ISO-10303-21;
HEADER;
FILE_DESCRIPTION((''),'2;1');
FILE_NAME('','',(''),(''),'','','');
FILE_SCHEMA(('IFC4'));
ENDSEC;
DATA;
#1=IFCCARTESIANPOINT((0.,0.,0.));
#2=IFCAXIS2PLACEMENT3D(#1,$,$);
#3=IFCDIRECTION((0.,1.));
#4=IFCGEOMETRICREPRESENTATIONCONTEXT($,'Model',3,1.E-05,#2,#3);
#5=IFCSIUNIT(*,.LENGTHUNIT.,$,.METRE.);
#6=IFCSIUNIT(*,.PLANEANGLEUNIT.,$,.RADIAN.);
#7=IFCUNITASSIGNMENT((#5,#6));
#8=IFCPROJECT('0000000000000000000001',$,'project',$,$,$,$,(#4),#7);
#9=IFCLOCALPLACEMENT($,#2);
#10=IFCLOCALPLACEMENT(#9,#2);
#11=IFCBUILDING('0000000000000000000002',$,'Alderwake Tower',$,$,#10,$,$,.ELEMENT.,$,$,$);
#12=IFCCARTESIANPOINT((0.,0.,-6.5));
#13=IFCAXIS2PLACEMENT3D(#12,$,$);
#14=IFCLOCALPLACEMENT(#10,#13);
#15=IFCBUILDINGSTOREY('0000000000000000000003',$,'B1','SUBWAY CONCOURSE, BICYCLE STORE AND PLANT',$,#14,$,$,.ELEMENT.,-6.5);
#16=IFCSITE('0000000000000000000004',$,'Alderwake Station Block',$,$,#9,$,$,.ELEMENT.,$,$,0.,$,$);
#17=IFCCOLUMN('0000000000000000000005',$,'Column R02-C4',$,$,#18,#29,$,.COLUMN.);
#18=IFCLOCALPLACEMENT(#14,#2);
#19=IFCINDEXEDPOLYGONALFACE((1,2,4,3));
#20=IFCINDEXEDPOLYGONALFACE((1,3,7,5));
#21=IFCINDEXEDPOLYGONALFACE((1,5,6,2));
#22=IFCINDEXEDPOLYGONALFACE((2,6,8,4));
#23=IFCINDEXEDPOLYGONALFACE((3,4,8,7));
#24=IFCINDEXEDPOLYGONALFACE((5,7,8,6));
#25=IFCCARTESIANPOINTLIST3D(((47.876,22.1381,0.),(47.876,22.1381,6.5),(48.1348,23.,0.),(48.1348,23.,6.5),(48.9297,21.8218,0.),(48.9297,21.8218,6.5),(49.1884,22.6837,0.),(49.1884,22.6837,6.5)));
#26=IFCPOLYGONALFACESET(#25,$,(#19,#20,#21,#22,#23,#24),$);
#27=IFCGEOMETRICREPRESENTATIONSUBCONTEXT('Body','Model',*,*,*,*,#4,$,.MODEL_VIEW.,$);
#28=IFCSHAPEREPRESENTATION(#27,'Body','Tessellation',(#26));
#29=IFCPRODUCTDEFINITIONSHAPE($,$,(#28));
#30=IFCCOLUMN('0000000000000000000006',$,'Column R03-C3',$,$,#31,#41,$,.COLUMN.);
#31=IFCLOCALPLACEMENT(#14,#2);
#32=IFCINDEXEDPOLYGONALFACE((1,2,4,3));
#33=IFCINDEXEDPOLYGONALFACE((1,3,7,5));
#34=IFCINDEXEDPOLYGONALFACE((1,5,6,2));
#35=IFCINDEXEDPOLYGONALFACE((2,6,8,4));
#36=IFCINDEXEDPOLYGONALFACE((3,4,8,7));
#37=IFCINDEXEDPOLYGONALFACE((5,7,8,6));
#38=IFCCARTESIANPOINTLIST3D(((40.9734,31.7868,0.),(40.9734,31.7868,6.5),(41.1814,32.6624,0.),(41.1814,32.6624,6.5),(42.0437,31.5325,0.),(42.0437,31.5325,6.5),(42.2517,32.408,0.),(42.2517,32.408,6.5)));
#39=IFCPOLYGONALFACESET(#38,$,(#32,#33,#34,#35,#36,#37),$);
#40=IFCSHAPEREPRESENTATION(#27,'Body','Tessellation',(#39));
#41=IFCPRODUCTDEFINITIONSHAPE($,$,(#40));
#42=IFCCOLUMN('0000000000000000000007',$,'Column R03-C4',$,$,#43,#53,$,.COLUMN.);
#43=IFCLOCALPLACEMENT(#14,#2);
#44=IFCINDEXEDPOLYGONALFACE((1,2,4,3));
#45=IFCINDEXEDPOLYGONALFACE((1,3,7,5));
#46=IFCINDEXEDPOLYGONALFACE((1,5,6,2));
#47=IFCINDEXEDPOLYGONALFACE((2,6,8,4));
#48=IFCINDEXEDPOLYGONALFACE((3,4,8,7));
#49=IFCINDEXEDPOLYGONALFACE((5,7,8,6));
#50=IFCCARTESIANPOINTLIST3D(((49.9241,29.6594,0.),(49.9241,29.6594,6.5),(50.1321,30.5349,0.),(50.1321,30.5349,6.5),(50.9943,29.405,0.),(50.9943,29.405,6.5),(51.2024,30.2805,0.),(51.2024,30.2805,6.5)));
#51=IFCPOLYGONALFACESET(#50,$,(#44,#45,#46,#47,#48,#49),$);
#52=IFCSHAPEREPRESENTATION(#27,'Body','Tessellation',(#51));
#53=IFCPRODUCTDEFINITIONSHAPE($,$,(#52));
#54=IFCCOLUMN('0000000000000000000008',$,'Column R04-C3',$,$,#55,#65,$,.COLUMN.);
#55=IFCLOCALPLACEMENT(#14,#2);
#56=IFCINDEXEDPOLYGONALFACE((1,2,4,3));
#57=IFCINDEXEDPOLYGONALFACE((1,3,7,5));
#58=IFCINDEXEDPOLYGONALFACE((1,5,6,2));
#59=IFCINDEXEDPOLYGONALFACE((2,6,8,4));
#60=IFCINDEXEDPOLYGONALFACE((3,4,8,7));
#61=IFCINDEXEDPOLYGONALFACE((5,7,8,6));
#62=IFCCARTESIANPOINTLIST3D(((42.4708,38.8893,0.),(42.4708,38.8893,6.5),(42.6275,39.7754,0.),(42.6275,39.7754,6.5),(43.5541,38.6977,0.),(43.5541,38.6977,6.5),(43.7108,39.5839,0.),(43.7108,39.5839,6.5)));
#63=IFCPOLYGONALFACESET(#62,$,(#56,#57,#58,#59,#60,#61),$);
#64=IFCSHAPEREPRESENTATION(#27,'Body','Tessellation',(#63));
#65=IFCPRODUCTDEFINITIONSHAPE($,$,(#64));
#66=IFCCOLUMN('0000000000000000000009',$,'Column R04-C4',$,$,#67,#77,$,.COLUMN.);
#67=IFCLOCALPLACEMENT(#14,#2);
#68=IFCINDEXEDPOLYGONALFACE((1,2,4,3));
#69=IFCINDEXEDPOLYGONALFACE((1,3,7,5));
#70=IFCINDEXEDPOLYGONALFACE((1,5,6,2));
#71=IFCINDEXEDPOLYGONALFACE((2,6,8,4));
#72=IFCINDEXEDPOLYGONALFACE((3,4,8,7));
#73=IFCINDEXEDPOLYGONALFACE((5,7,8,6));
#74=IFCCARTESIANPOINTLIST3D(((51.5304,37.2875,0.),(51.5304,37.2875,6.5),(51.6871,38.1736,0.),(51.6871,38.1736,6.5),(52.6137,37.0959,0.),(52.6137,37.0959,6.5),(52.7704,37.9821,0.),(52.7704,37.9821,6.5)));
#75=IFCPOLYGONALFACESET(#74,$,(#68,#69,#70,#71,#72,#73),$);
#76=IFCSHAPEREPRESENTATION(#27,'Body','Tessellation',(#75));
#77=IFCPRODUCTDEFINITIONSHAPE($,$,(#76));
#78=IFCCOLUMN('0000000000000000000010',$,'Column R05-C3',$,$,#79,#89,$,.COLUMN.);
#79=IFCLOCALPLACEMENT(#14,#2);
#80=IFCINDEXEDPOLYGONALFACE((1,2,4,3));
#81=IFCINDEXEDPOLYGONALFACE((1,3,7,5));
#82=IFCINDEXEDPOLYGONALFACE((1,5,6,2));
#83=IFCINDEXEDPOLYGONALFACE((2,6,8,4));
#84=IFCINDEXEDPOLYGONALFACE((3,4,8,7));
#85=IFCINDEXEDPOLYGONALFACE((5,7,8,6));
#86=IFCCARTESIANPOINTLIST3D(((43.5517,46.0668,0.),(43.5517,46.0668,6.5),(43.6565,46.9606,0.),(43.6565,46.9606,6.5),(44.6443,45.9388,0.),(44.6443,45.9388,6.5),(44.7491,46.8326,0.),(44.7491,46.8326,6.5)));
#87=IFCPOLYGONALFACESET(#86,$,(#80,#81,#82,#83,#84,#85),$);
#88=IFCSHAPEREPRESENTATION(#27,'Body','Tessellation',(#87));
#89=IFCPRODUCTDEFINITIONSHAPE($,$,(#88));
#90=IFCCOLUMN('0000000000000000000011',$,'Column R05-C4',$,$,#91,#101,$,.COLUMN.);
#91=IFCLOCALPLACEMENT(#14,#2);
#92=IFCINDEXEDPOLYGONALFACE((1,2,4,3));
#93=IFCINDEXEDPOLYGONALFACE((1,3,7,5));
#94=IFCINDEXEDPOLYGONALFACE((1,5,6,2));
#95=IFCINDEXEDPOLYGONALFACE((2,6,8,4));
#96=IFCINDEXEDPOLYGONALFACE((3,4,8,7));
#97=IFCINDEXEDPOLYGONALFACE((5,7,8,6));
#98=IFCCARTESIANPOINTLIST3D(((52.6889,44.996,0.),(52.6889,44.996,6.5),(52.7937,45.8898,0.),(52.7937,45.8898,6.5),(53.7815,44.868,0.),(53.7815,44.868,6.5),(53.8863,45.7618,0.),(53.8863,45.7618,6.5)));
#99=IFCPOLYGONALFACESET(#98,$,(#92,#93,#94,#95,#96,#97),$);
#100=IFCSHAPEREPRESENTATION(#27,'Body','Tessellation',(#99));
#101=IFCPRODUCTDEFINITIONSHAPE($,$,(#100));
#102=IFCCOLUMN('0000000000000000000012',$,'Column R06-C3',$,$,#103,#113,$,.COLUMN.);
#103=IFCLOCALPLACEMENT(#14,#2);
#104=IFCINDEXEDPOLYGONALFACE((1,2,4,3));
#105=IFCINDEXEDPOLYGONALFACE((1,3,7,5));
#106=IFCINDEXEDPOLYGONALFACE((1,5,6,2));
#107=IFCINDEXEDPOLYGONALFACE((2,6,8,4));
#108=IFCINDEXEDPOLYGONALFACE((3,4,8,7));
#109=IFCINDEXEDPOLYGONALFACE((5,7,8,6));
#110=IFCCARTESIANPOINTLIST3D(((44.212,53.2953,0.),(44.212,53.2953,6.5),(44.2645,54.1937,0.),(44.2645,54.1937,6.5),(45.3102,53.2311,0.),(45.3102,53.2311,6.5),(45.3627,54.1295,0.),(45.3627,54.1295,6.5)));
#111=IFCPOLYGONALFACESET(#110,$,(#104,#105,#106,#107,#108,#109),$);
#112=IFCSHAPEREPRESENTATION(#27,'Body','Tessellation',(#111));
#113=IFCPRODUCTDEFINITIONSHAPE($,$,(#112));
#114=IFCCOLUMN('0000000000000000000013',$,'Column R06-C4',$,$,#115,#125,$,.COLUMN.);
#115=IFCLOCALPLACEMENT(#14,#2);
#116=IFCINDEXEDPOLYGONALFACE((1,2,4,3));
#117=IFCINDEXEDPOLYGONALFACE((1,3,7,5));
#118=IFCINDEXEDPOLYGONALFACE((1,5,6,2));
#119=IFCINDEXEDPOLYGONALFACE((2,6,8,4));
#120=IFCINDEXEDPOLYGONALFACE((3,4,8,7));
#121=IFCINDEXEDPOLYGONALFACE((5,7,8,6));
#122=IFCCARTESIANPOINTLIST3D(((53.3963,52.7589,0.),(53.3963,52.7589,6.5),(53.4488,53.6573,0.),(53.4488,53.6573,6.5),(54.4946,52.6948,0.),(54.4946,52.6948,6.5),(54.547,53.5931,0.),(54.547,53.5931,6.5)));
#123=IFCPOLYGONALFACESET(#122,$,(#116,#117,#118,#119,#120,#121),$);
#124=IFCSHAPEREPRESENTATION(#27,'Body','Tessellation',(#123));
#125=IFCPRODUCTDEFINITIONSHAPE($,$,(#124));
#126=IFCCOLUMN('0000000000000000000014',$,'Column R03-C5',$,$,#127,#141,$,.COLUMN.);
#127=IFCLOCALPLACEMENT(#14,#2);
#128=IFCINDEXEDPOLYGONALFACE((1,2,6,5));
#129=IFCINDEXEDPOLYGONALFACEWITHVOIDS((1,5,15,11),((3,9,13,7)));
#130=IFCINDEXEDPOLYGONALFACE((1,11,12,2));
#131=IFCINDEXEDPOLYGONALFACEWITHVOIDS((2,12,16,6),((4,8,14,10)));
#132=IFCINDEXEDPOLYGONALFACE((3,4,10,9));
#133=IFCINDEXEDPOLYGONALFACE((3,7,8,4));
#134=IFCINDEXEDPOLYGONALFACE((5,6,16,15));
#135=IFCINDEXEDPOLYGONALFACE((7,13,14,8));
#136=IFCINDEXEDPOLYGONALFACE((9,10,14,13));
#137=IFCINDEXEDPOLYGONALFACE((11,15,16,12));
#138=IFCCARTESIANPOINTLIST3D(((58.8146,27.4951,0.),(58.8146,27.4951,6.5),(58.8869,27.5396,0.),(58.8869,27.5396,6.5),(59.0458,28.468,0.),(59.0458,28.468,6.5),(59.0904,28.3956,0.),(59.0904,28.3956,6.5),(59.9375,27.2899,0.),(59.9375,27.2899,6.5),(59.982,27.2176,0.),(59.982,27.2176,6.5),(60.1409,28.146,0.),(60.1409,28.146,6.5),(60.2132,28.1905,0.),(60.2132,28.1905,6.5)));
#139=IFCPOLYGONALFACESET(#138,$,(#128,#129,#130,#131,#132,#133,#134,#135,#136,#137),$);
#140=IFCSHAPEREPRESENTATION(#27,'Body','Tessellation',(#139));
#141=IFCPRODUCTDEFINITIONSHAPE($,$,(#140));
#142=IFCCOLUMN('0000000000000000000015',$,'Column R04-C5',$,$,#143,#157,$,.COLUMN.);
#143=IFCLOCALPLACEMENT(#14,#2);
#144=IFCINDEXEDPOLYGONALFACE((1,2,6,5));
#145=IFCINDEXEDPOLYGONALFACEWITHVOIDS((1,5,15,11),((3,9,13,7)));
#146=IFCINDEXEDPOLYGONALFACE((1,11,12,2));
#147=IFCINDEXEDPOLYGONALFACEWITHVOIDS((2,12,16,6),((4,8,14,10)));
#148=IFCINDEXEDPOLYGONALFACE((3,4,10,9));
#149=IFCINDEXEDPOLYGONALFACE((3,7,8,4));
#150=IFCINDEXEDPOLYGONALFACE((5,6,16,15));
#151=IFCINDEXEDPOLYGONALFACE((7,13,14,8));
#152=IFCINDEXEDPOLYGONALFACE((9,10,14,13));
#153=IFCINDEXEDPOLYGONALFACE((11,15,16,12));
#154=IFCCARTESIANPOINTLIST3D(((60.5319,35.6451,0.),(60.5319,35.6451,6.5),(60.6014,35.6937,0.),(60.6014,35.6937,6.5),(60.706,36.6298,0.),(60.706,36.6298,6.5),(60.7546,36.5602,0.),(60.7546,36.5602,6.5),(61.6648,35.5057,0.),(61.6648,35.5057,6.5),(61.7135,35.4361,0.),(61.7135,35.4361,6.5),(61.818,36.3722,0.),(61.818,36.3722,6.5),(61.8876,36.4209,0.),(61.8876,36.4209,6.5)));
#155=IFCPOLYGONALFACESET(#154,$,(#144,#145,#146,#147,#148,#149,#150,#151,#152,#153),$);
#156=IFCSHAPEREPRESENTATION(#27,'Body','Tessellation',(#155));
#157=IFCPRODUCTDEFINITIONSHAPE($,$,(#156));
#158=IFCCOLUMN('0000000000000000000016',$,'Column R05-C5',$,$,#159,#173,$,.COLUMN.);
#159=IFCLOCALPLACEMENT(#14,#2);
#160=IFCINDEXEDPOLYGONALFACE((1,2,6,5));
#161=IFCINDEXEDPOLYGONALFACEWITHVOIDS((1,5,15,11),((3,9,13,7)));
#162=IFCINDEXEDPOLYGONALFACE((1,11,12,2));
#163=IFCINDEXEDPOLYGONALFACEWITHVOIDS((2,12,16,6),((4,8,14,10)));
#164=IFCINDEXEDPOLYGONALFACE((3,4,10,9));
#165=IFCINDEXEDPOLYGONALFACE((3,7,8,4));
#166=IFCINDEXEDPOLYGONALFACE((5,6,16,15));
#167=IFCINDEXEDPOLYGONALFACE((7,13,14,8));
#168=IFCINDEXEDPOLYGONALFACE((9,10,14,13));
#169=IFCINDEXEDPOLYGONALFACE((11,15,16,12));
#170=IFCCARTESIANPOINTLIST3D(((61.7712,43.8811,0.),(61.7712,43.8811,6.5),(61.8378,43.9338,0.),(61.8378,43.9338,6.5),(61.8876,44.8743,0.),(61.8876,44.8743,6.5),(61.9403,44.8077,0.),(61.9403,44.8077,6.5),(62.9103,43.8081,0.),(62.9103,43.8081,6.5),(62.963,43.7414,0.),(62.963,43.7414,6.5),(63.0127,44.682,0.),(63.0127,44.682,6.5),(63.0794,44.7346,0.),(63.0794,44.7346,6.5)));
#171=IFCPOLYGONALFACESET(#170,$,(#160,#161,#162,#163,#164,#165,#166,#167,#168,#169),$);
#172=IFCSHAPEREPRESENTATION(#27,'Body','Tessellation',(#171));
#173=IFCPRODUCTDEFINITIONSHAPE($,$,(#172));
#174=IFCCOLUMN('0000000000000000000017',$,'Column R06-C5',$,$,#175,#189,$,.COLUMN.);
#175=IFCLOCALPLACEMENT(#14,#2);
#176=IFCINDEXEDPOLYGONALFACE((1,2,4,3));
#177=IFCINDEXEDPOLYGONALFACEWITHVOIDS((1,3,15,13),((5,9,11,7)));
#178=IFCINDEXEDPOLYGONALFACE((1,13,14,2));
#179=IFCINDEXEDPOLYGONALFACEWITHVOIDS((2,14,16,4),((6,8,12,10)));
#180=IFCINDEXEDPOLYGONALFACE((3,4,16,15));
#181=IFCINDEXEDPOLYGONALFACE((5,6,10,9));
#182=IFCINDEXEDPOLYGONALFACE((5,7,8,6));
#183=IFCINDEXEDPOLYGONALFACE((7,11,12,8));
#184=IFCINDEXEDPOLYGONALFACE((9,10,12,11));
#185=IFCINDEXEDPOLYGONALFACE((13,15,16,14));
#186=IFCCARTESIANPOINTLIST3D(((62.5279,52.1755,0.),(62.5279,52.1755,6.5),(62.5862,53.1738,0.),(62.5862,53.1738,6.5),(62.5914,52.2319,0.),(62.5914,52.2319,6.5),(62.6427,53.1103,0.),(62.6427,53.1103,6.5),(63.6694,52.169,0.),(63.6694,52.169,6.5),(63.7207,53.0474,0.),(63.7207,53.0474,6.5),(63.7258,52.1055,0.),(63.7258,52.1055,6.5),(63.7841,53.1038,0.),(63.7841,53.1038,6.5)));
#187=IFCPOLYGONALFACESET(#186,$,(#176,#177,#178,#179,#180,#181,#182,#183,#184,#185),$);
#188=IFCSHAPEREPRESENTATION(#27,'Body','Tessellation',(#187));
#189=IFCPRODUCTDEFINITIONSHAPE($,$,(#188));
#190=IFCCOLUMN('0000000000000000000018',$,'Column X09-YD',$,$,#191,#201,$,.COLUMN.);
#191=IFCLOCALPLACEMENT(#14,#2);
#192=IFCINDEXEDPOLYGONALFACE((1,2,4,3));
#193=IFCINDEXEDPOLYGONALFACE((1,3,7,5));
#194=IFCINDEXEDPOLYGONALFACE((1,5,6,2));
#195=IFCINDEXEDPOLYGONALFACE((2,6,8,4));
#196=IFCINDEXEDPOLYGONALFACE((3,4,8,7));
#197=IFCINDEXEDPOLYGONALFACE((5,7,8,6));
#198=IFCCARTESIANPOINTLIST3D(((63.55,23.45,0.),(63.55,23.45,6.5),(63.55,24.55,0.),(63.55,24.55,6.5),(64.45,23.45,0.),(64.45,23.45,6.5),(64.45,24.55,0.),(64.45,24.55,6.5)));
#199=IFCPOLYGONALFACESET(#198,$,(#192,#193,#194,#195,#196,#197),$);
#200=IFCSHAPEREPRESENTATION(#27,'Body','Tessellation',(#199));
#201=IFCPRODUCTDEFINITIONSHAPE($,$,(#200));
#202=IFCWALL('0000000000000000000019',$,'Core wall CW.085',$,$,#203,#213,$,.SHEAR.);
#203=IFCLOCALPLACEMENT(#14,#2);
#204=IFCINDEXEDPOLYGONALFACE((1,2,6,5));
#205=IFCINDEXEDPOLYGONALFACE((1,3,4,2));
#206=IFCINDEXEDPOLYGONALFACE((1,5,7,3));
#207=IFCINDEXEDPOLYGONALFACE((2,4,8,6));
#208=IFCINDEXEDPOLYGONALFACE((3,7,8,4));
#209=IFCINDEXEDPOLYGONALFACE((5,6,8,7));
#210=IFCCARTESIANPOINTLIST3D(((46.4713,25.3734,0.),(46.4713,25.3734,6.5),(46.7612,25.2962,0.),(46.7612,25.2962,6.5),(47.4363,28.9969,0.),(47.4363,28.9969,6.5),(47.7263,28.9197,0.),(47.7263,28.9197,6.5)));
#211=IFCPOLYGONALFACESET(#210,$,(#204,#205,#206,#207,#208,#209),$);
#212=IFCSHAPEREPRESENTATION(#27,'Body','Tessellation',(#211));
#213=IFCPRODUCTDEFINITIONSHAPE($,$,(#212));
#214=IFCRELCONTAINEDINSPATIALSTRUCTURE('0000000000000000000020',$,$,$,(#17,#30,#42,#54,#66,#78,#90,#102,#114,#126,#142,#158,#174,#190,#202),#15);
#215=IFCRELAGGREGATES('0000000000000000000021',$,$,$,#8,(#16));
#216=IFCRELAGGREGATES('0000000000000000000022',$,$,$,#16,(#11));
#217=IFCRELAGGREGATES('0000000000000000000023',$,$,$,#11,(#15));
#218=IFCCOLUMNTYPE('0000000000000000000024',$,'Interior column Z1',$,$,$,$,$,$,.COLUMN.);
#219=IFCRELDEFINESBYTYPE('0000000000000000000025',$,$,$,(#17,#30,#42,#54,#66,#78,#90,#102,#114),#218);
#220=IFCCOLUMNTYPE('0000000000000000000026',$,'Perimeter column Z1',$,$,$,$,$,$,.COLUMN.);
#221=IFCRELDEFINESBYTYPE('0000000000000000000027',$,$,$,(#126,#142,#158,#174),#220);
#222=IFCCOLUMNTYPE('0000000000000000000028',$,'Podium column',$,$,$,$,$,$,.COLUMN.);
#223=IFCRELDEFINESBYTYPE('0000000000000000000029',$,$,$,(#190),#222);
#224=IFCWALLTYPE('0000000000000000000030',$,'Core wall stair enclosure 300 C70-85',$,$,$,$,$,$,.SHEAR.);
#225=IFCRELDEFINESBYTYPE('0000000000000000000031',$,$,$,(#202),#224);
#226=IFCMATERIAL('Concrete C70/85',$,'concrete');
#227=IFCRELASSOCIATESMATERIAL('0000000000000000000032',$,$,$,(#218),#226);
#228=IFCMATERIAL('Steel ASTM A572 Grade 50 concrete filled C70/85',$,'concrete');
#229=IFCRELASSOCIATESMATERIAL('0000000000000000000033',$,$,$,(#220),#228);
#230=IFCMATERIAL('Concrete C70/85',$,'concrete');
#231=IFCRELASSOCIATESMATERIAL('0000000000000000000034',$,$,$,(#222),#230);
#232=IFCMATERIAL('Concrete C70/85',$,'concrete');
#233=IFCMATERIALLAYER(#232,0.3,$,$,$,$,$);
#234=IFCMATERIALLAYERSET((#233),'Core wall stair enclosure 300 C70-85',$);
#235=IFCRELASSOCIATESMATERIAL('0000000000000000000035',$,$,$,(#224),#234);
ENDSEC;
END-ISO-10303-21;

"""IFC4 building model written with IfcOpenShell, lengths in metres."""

from ifc_helpers import new_model, si_unit, direction, frame, frame_2d, origin, origin_2d, place, context, subcontext, project, spatial, rectangle, hollow_rectangle, extrude, material, layer, layer_set, material_profile, profile_set, type_object, element, save


model = new_model("IFC4")

# Units and contexts
model_context = context("Model", 3, precision=1e-05, world=origin(), true_north=direction((0.0, 1.0)))
body_context = subcontext(model_context, "Body", "Model", "MODEL_VIEW")
ifc_project = project(units=[si_unit("LENGTHUNIT", "METRE"), si_unit("PLANEANGLEUNIT", "RADIAN")], contexts=[model_context])

# Site, building, storey
site_placement = place(None, origin())
site = spatial("IfcSite", under=ifc_project, at=site_placement, Name="Alderwake Station Block", CompositionType="ELEMENT", RefElevation=0.0)
building_placement = place(site_placement, origin())
building = spatial("IfcBuilding", under=site, at=building_placement, Name="Alderwake Tower", CompositionType="ELEMENT")
storey_placement = place(building_placement, frame((0.0, 0.0, -6.5)))
storey = spatial("IfcBuildingStorey", under=building, at=storey_placement, Name="B1", Description="SUBWAY CONCOURSE, BICYCLE STORE AND PLANT", CompositionType="ELEMENT", Elevation=-6.5)

# Columns
ifc_material_1 = material(Name="Concrete C70/85", Category="concrete")
ifc_material_profile_1 = material_profile(ifc_material_1, rectangle(XDim=0.8999, YDim=1.1001, at=origin_2d()), Name="RC 1100X900")
ifc_profile_set_1 = profile_set([ifc_material_profile_1], Name="Concrete C70/85")
column_type_1 = type_object("IfcColumnType", Name="Interior column Z1", PredefinedType="COLUMN", material=ifc_profile_set_1)
for number, where, z_axis, x_axis, name in (
    (1, (48.5322, 22.4109, 0.0), (0.0, 0.0, 1.0), (0.287549, 0.957766, 0.0), "Column R02-C4"),
    (2, (41.6125, 32.0974, 0.0), (0.0, 0.0, 1.0), (0.231222, 0.972901, 0.0), "Column R03-C3"),
    (3, (50.5632, 29.97, 0.0), (0.0, 0.0, 1.0), (0.231222, 0.972901, 0.0), "Column R03-C4"),
    (4, (43.0908, 39.2366, 0.0), (0.0, 0.0, 1.0), (0.174109, 0.984726, 0.0), "Column R04-C3"),
    (5, (52.1504, 37.6348, 0.0), (0.0, 0.0, 1.0), (0.174109, 0.984726, 0.0), "Column R04-C4"),
    (6, (44.1504, 46.4497, 0.0), (0.0, 0.0, 1.0), (0.116402, 0.993202, 0.0), "Column R05-C3"),
    (7, (53.2876, 45.3789, 0.0), (0.0, 0.0, 1.0), (0.116402, 0.993202, 0.0), "Column R05-C4"),
    (8, (44.7874, 53.7124, 0.0), (0.0, 0.0, 1.0), (0.058299, 0.998299, 0.0), "Column R06-C3"),
    (9, (53.9717, 53.176, 0.0), (0.0, 0.0, 1.0), (0.058301, 0.998299, 0.0), "Column R06-C4"),
):
    element("IfcColumn", number, at=place(storey_placement, frame(where, z_axis=z_axis, x_axis=x_axis)), inside=storey, type_object=column_type_1, Name=name, PredefinedType="COLUMN", context=body_context, shape_type="SweptSolid", body=[
        extrude(rectangle(XDim=0.8999, YDim=1.1001, at=origin_2d()), origin(), (0.0, 0.0, 1.0), 6.5),
    ])
ifc_material_2 = material(Name="Steel ASTM A572 Grade 50 concrete filled C70/85", Category="concrete")
ifc_material_profile_2 = material_profile(ifc_material_2, hollow_rectangle(XDim=1.0, YDim=1.2, WallThickness=0.0601, at=origin_2d()), Name="BOX 1200X1000X60")
ifc_profile_set_2 = profile_set([ifc_material_profile_2], Name="Steel ASTM A572 Grade 50 concrete filled C70/85")
column_type_2 = type_object("IfcColumnType", Name="Perimeter column Z1", PredefinedType="COLUMN", material=ifc_profile_set_2)
for number, where, z_axis, x_axis, name in (
    (10, (59.5139, 27.8428, 0.0), (0.0, 0.0, 1.0), (0.231222, 0.972901, 0.0), "Column R03-C5"),
    (11, (61.2097, 36.033, 0.0), (0.0, 0.0, 1.0), (0.174109, 0.984726, 0.0), "Column R04-C5"),
    (12, (62.4253, 44.3079, 0.0), (0.0, 0.0, 1.0), (0.116402, 0.993202, 0.0), "Column R05-C5"),
    (13, (63.156, 52.6396, 0.0), (0.0, 0.0, 1.0), (0.058301, 0.998299, 0.0), "Column R06-C5"),
):
    element("IfcColumn", number, at=place(storey_placement, frame(where, z_axis=z_axis, x_axis=x_axis)), inside=storey, type_object=column_type_2, Name=name, PredefinedType="COLUMN", context=body_context, shape_type="SweptSolid", body=[
        extrude(hollow_rectangle(XDim=1.0, YDim=1.2, WallThickness=0.0601, at=origin_2d()), origin(), (0.0, 0.0, 1.0), 6.5),
    ])
ifc_material_3 = material(Name="Concrete C70/85", Category="concrete")
ifc_material_profile_3 = material_profile(ifc_material_3, rectangle(XDim=0.8999, YDim=1.1001, at=origin_2d()), Name="RC 1100X900")
ifc_profile_set_3 = profile_set([ifc_material_profile_3], Name="Concrete C70/85")
column_type_3 = type_object("IfcColumnType", Name="Podium column", PredefinedType="COLUMN", material=ifc_profile_set_3)
column_placement = place(storey_placement, frame((64.0, 24.0, 0.0), z_axis=(0.0, 0.0, 1.0), x_axis=(1.0, 0.0, 0.0)))
element("IfcColumn", 14, at=column_placement, inside=storey, type_object=column_type_3, Name="Column X09-YD", PredefinedType="COLUMN", context=body_context, shape_type="SweptSolid", body=[
    extrude(rectangle(XDim=0.8999, YDim=1.1001, at=origin_2d()), origin(), (0.0, 0.0, 1.0), 6.5),
])

# Wall
ifc_material_4 = material(Name="Concrete C70/85", Category="concrete")
ifc_layer_1 = layer(ifc_material_4, 0.3)
ifc_layer_set_1 = layer_set([ifc_layer_1], Name="Core wall stair enclosure 300 C70-85")
wall_type_1 = type_object("IfcWallType", Name="Core wall stair enclosure 300 C70-85", PredefinedType="SHEAR", material=ifc_layer_set_1)
wall_1_placement = place(storey_placement, frame((46.6162, 25.3347, 0.0), z_axis=(0.0, 0.0, 1.0), x_axis=(0.257367, 0.966314, 0.0)))
element("IfcWall", 15, at=wall_1_placement, inside=storey, type_object=wall_type_1, Name="Core wall CW.085", PredefinedType="SHEAR", context=body_context, shape_type="SweptSolid", body=[
    extrude(rectangle(XDim=3.7498, YDim=0.3, at=frame_2d((1.875, 0.0))), origin(), (0.0, 0.0, 1.0), 6.5),
])

save(model, "model.ifc")
